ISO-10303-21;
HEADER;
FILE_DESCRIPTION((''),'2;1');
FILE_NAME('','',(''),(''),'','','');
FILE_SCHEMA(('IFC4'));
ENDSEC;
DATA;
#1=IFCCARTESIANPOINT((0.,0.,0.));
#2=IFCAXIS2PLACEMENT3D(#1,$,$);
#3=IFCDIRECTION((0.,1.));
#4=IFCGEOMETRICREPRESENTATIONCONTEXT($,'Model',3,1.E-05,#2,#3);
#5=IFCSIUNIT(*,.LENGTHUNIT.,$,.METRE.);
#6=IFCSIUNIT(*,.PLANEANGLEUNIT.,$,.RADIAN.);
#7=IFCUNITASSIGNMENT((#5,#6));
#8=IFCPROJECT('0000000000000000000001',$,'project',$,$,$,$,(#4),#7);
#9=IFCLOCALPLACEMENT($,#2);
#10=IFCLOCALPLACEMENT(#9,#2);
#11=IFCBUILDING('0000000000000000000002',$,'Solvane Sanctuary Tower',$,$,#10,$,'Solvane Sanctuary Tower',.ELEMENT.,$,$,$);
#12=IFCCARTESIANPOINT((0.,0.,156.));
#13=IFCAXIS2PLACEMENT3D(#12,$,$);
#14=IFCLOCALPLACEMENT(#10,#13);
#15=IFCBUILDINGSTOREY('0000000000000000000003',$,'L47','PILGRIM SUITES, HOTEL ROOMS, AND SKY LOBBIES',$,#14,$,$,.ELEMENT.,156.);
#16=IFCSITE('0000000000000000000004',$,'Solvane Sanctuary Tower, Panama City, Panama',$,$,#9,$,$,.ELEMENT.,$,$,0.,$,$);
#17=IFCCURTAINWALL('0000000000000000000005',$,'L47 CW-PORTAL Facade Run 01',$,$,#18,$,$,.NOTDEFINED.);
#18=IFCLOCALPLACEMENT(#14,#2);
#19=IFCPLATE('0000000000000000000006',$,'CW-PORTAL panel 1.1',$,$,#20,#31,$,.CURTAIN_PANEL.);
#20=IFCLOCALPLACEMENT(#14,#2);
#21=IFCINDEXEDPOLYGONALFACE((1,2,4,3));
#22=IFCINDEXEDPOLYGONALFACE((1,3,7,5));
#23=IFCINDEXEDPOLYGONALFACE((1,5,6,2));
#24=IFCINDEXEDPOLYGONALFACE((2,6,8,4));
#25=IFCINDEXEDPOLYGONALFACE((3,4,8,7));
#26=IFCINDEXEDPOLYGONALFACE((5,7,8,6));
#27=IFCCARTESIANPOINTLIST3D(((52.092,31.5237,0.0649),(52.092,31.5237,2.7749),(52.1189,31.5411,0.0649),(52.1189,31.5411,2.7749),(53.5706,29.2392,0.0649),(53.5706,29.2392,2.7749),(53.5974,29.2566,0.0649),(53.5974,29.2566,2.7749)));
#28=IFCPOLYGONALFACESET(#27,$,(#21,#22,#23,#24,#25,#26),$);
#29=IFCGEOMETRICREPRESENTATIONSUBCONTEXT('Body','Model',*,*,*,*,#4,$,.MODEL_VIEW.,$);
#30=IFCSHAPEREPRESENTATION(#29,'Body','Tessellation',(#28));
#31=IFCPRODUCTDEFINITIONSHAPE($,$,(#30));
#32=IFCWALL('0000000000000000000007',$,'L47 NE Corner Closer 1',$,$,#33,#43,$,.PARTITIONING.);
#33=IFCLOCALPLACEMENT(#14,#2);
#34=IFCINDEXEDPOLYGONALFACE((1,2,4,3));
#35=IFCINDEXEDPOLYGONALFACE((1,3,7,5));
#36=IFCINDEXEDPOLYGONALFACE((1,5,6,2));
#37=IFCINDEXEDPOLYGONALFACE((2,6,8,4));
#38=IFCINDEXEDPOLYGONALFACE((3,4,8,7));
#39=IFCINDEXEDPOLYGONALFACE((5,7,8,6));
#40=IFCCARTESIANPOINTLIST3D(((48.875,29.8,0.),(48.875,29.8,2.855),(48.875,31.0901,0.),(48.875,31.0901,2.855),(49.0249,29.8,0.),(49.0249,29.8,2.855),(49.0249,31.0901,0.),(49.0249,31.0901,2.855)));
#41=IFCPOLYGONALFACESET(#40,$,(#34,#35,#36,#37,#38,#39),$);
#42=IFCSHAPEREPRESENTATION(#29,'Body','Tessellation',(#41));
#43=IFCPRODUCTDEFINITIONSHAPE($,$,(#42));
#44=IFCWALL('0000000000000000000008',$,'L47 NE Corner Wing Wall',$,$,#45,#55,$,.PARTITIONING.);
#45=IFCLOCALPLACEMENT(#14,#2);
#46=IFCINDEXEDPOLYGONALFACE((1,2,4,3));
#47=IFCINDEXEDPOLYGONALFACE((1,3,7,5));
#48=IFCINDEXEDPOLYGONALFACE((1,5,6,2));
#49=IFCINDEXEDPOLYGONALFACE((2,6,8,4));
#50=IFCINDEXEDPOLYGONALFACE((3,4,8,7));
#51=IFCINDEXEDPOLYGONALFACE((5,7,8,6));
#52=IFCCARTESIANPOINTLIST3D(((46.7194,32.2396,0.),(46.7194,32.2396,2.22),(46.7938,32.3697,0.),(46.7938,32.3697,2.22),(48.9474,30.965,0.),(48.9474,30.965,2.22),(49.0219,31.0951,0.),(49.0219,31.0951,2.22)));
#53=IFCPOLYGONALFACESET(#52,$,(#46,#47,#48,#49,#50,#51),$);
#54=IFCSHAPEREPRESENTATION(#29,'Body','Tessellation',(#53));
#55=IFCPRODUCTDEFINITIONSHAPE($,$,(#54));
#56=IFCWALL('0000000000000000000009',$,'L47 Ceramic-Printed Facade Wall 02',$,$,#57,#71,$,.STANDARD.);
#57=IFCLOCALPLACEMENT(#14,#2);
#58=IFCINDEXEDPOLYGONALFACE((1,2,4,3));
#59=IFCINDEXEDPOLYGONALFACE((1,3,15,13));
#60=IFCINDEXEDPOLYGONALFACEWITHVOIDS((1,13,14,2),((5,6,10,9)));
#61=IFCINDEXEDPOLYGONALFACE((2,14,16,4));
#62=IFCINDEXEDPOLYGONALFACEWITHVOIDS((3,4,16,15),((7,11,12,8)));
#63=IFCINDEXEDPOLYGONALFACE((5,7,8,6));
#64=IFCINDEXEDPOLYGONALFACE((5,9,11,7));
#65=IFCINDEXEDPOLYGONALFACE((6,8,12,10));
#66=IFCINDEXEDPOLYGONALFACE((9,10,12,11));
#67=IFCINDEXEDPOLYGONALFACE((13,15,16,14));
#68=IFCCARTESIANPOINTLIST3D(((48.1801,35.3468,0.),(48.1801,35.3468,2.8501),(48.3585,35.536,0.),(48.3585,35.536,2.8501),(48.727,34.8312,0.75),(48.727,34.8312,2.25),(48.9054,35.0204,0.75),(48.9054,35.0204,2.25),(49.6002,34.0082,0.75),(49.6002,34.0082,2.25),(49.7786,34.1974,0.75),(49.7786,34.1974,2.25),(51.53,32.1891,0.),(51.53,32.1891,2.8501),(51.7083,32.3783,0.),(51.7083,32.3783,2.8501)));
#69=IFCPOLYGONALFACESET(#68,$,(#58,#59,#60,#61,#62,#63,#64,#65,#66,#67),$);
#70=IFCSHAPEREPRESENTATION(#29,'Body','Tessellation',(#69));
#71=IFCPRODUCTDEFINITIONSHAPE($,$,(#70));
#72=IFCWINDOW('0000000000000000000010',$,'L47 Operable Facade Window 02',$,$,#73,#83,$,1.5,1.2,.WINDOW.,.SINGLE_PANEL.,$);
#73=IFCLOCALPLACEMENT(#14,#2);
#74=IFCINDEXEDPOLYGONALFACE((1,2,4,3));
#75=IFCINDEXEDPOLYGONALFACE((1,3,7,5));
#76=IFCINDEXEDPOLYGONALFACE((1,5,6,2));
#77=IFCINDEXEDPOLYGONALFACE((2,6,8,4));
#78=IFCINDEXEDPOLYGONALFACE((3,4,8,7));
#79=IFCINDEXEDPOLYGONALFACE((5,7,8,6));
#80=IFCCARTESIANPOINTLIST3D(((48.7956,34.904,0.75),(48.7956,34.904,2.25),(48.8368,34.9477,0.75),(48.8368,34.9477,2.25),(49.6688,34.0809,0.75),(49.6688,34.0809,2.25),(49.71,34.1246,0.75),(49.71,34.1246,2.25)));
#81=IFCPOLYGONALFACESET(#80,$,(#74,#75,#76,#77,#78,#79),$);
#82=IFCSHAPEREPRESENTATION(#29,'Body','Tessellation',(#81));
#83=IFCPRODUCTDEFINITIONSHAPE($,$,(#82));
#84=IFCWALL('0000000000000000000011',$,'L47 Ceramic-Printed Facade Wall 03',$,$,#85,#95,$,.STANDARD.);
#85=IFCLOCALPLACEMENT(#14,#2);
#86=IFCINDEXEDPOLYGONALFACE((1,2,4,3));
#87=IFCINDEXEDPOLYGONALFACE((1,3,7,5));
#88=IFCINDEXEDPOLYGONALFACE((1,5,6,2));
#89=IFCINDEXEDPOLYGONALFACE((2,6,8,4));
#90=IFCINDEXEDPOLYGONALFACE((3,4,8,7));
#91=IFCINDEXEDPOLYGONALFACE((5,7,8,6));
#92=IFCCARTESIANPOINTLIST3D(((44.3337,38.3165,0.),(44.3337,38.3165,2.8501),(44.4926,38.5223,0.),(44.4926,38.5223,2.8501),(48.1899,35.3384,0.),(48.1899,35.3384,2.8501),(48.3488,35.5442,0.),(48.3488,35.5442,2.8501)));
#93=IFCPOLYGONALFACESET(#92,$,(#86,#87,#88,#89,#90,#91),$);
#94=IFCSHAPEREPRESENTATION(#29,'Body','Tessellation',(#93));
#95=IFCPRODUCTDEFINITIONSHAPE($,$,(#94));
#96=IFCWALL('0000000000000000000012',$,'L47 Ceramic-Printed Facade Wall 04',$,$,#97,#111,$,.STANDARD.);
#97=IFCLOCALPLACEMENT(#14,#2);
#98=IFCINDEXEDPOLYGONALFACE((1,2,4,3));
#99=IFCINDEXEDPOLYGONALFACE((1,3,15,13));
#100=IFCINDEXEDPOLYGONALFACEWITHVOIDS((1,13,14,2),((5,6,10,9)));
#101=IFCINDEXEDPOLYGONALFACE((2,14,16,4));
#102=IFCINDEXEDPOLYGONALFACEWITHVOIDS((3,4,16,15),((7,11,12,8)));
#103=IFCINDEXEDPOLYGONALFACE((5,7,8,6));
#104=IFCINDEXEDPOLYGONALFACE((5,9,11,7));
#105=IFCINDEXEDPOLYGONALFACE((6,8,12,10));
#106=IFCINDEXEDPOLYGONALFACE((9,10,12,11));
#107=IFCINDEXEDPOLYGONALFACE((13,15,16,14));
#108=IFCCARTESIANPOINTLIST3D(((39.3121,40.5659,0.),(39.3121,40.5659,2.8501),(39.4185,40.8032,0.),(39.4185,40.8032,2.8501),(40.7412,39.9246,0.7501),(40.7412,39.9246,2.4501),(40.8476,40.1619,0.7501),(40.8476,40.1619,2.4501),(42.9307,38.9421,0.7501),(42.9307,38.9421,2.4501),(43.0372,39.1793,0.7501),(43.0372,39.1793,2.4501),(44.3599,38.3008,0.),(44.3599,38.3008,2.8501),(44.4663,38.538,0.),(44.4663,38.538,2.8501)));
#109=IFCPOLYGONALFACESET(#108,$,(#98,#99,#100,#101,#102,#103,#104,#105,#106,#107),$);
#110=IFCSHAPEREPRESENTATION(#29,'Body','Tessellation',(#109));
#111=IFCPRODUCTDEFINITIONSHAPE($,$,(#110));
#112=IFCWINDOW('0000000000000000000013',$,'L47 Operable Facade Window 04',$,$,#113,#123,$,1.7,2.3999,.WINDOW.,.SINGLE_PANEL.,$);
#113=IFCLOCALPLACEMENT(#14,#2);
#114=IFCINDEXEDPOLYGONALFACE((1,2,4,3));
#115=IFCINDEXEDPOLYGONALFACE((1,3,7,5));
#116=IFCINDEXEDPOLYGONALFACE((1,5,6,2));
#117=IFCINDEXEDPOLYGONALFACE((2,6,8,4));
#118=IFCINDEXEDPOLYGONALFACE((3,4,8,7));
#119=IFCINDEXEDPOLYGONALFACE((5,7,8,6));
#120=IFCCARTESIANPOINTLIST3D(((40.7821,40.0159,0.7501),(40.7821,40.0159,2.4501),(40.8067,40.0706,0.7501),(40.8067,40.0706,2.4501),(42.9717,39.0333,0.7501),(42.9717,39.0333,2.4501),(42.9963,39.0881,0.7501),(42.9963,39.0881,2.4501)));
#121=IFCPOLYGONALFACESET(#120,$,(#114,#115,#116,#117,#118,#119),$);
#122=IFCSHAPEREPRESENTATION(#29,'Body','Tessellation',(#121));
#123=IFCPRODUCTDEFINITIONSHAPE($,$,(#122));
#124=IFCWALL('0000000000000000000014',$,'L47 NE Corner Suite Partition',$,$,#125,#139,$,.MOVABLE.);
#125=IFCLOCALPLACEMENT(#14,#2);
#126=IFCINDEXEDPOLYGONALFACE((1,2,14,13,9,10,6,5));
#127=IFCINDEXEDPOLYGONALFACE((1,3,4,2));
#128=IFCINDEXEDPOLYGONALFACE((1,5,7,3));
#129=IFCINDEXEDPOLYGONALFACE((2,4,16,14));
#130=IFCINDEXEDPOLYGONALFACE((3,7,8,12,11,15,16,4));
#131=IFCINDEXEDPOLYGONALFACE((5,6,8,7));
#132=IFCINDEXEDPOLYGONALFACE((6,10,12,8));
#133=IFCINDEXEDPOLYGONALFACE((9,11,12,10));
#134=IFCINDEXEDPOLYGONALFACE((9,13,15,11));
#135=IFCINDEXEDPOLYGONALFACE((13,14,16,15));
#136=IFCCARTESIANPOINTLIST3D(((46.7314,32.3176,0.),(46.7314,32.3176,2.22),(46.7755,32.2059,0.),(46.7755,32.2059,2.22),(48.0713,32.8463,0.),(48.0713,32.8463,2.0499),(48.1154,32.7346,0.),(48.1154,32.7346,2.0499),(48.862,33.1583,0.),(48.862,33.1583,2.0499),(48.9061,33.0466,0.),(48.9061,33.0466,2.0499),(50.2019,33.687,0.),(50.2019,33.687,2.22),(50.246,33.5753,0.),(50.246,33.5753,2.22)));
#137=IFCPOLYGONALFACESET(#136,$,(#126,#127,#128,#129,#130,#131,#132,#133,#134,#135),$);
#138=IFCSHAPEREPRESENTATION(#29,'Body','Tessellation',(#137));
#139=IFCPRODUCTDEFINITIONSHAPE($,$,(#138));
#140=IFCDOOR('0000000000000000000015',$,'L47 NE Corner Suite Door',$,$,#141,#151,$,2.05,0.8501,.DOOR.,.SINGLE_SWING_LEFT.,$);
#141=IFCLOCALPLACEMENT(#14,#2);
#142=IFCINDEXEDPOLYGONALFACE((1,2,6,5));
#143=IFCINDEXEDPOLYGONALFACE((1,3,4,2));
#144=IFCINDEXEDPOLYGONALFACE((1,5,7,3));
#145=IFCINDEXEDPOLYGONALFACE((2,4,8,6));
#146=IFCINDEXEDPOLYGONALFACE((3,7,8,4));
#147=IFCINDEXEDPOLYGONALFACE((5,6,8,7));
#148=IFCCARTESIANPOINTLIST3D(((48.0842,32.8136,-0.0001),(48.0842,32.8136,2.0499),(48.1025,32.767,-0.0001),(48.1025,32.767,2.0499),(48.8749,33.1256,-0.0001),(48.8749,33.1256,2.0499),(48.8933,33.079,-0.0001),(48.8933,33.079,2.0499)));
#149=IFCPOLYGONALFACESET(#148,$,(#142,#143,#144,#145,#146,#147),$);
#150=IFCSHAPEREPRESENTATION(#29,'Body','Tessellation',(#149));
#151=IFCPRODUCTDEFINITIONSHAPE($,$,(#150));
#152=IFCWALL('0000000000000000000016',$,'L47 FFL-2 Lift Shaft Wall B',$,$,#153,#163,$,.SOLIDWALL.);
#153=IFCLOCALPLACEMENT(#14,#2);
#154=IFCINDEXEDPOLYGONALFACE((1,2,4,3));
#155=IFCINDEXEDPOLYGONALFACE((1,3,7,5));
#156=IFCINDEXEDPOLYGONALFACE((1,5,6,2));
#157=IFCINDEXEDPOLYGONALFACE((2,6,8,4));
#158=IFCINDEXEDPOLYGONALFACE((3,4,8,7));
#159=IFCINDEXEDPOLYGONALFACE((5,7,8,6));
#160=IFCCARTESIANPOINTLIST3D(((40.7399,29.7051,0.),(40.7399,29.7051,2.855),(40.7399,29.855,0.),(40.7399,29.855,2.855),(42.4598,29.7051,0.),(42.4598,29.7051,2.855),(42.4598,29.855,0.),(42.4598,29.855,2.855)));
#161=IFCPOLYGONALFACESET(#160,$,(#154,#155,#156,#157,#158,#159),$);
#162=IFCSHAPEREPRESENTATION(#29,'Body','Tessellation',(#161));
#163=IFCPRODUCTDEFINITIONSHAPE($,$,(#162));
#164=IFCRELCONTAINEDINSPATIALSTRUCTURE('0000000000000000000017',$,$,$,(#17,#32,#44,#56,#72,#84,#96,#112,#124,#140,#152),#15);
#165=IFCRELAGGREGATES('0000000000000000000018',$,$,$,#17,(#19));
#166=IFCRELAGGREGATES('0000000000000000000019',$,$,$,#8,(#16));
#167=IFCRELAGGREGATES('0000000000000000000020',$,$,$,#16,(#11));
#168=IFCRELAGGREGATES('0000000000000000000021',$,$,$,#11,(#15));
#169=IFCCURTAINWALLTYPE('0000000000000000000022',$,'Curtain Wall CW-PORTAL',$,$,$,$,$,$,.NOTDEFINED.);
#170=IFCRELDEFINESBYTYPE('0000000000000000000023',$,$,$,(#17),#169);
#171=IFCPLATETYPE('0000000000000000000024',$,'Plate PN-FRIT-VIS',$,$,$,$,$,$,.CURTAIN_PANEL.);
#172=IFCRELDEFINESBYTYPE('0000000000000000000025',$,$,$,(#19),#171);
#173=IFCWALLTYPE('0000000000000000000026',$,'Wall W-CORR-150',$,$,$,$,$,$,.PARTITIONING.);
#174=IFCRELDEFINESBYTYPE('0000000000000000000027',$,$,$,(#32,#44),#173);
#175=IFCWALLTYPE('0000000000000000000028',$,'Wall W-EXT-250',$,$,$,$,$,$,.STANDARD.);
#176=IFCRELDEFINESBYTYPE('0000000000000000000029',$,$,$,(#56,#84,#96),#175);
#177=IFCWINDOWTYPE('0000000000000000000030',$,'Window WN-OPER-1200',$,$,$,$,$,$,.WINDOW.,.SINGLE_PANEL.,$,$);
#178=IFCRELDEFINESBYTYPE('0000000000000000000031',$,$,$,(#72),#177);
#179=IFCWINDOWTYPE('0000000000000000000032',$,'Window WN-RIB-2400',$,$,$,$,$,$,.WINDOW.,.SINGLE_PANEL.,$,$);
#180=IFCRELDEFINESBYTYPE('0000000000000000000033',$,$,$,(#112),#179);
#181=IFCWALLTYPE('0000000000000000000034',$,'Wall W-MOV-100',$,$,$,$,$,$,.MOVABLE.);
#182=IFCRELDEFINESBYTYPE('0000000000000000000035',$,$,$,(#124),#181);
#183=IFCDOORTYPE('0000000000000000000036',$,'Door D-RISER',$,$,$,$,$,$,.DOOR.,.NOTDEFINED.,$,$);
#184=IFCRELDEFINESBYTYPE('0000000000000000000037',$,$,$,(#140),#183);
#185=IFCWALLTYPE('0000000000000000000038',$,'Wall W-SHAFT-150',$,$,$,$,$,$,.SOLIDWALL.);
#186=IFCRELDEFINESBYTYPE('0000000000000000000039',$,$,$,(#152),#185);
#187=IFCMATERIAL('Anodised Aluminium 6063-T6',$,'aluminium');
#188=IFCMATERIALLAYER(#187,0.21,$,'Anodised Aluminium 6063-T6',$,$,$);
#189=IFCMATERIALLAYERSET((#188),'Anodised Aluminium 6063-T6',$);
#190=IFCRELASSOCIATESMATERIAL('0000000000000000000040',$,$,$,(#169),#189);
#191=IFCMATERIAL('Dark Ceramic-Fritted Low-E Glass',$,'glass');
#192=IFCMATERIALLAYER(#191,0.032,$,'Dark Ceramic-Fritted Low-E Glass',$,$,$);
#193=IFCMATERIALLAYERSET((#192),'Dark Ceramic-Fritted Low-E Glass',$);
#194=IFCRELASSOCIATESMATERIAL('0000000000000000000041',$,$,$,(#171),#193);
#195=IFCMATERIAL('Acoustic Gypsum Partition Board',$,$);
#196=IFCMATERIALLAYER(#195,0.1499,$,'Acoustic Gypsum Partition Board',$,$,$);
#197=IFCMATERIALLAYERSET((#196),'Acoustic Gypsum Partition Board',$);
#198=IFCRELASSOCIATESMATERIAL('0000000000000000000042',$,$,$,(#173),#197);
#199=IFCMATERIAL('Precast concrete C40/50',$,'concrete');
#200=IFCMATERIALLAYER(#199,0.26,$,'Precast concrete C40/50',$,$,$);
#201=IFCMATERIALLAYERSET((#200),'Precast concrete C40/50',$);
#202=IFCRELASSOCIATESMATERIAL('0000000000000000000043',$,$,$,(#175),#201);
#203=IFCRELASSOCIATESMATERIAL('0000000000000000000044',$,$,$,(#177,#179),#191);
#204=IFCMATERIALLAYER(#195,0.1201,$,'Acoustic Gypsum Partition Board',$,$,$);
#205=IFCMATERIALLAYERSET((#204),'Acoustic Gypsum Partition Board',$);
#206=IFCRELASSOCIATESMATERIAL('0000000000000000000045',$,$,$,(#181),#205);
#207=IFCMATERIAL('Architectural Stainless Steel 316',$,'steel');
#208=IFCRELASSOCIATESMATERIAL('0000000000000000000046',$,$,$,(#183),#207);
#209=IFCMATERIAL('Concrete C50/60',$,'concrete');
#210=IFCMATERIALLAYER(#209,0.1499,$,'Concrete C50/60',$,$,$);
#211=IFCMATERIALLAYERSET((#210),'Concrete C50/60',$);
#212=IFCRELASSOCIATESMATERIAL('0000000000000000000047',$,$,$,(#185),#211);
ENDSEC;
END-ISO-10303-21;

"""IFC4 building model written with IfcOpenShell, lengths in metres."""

from ifc_helpers import new_model, si_unit, direction, frame, frame_2d, origin, origin_2d, place, context, subcontext, project, spatial, rectangle, extrude, material, layer, layer_set, type_object, element, fill, aggregate, save


model = new_model("IFC4")

# Units and contexts
model_context = context("Model", 3, precision=1e-05, world=origin(), true_north=direction((0.0, 1.0)))
body_context = subcontext(model_context, "Body", "Model", "MODEL_VIEW")
ifc_project = project(units=[si_unit("LENGTHUNIT", "METRE"), si_unit("PLANEANGLEUNIT", "RADIAN")], contexts=[model_context])

# Site, building, storey
site_placement = place(None, origin())
site = spatial("IfcSite", under=ifc_project, at=site_placement, Name="Solvane Sanctuary Tower, Panama City, Panama", CompositionType="ELEMENT", RefElevation=0.0)
building_placement = place(site_placement, origin())
building = spatial("IfcBuilding", under=site, at=building_placement, Name="Solvane Sanctuary Tower", LongName="Solvane Sanctuary Tower", CompositionType="ELEMENT")
storey_placement = place(building_placement, frame((0.0, 0.0, 156.0)))
storey = spatial("IfcBuildingStorey", under=building, at=storey_placement, Name="L47", Description="PILGRIM SUITES, HOTEL ROOMS, AND SKY LOBBIES", CompositionType="ELEMENT", Elevation=156.0)

# Curtain wall
ifc_material_1 = material(Name="Anodised Aluminium 6063-T6", Category="aluminium")
ifc_layer_1 = layer(ifc_material_1, 0.21, Name="Anodised Aluminium 6063-T6")
ifc_layer_set_1 = layer_set([ifc_layer_1], Name="Anodised Aluminium 6063-T6")
curtain_wall_type = type_object("IfcCurtainWallType", Name="Curtain Wall CW-PORTAL", PredefinedType="NOTDEFINED", material=ifc_layer_set_1)
curtain_wall_placement = place(storey_placement, origin())
curtain_wall = element("IfcCurtainWall", 1, at=curtain_wall_placement, inside=storey, type_object=curtain_wall_type, Name="L47 CW-PORTAL Facade Run 01", PredefinedType="NOTDEFINED")

# Plate
ifc_material_2 = material(Name="Dark Ceramic-Fritted Low-E Glass", Category="glass")
ifc_layer_2 = layer(ifc_material_2, 0.032, Name="Dark Ceramic-Fritted Low-E Glass")
ifc_layer_set_2 = layer_set([ifc_layer_2], Name="Dark Ceramic-Fritted Low-E Glass")
plate_type = type_object("IfcPlateType", Name="Plate PN-FRIT-VIS", PredefinedType="CURTAIN_PANEL", material=ifc_layer_set_2)
plate_placement = place(storey_placement, frame((52.8447, 30.3901, 0.0649), z_axis=(0.0, 0.0, 1.0), x_axis=(-0.543341, 0.839512, 0.0)))
plate = element("IfcPlate", 2, at=plate_placement, type_object=plate_type, Name="CW-PORTAL panel 1.1", PredefinedType="CURTAIN_PANEL", context=body_context, shape_type="SweptSolid", body=[
    extrude(rectangle(XDim=2.7212, YDim=0.032, at=origin_2d()), origin(), (0.0, 0.0, 1.0), 2.71),
])
aggregate(curtain_wall, [plate])

# Walls
ifc_material_3 = material(Name="Acoustic Gypsum Partition Board")
ifc_layer_3 = layer(ifc_material_3, 0.1499, Name="Acoustic Gypsum Partition Board")
ifc_layer_set_3 = layer_set([ifc_layer_3], Name="Acoustic Gypsum Partition Board")
wall_type_1 = type_object("IfcWallType", Name="Wall W-CORR-150", PredefinedType="PARTITIONING", material=ifc_layer_set_3)
wall_1_placement = place(storey_placement, frame((48.95, 29.8, 0.0), z_axis=(0.0, 0.0, 1.0), x_axis=(0.0, 1.0, 0.0)))
element("IfcWall", 3, at=wall_1_placement, inside=storey, type_object=wall_type_1, Name="L47 NE Corner Closer 1", PredefinedType="PARTITIONING", context=body_context, shape_type="SweptSolid", body=[
    extrude(rectangle(XDim=1.29, YDim=0.1499, at=frame_2d((0.645, 0.0))), origin(), (0.0, 0.0, 1.0), 2.855),
])
wall_2_placement = place(storey_placement, frame((46.7566, 32.3047, 0.0), z_axis=(0.0, 0.0, 1.0), x_axis=(0.867991, -0.496579, 0.0)))
element("IfcWall", 4, at=wall_2_placement, inside=storey, type_object=wall_type_1, Name="L47 NE Corner Wing Wall", PredefinedType="PARTITIONING", context=body_context, shape_type="SweptSolid", body=[
    extrude(rectangle(XDim=2.5669, YDim=0.1499, at=frame_2d((1.2834, 0.0))), origin(), (0.0, 0.0, 1.0), 2.22),
])

# Wall, opening, window
ifc_material_4 = material(Name="Precast concrete C40/50", Category="concrete")
ifc_layer_4 = layer(ifc_material_4, 0.26, Name="Precast concrete C40/50")
ifc_layer_set_4 = layer_set([ifc_layer_4], Name="Precast concrete C40/50")
wall_type_2 = type_object("IfcWallType", Name="Wall W-EXT-250", PredefinedType="STANDARD", material=ifc_layer_set_4)
wall_3_placement = place(storey_placement, frame((51.6191, 32.2837, 0.0), z_axis=(0.0, 0.0, 1.0), x_axis=(-0.727667, 0.68593, 0.0)))
wall_3 = element("IfcWall", 5, at=wall_3_placement, inside=storey, type_object=wall_type_2, Name="L47 Ceramic-Printed Facade Wall 02", PredefinedType="STANDARD", context=body_context, shape_type="SweptSolid", body=[
    extrude(rectangle(XDim=4.6035, YDim=0.26, at=frame_2d((2.3018, 0.0))), origin(), (0.0, 0.0, 1.0), 2.8501),
])
opening_1_placement = place(wall_3_placement, frame((2.6519, 0.0, 0.75)))
opening_1 = element("IfcOpeningElement", 6, at=opening_1_placement, cuts=wall_3, PredefinedType="OPENING", context=body_context, shape_type="SweptSolid", body=[
    extrude(rectangle(XDim=1.2, YDim=1.5, at=frame_2d((0.6001, 0.75))), frame((0.0, 0.1399, 0.0), z_axis=(0.0, -1.0, 0.0), x_axis=(1.0, 0.0, 0.0)), (0.0, 0.0, 1.0), 0.28),
])
window_type_1 = type_object("IfcWindowType", Name="Window WN-OPER-1200", PartitioningType="SINGLE_PANEL", PredefinedType="WINDOW", material=ifc_material_2)
window_1_placement = place(opening_1_placement, origin())
window_1 = element("IfcWindow", 7, at=window_1_placement, inside=storey, type_object=window_type_1, Name="L47 Operable Facade Window 02", OverallHeight=1.5, OverallWidth=1.2, PartitioningType="SINGLE_PANEL", PredefinedType="WINDOW", context=body_context, shape_type="SweptSolid", body=[
    extrude(rectangle(XDim=1.2, YDim=1.5, at=frame_2d((0.6001, 0.75))), frame((0.0, 0.03, 0.0), z_axis=(0.0, -1.0, 0.0), x_axis=(1.0, 0.0, 0.0)), (0.0, 0.0, 1.0), 0.0601),
])
fill(opening_1, window_1)

# Wall
wall_4_placement = place(storey_placement, frame((48.2693, 35.4414, 0.0), z_axis=(0.0, 0.0, 1.0), x_axis=(-0.79146, 0.611221, 0.0)))
element("IfcWall", 8, at=wall_4_placement, inside=storey, type_object=wall_type_2, Name="L47 Ceramic-Printed Facade Wall 03", PredefinedType="STANDARD", context=body_context, shape_type="SweptSolid", body=[
    extrude(rectangle(XDim=4.8723, YDim=0.26, at=frame_2d((2.436, 0.0))), origin(), (0.0, 0.0, 1.0), 2.8501),
])

# Wall, opening, window
wall_5_placement = place(storey_placement, frame((44.4131, 38.4194, 0.0), z_axis=(0.0, 0.0, 1.0), x_axis=(-0.912354, 0.409403, 0.0)))
wall_5 = element("IfcWall", 9, at=wall_5_placement, inside=storey, type_object=wall_type_2, Name="L47 Ceramic-Printed Facade Wall 04", PredefinedType="STANDARD", context=body_context, shape_type="SweptSolid", body=[
    extrude(rectangle(XDim=5.5327, YDim=0.26, at=frame_2d((2.7664, 0.0))), origin(), (0.0, 0.0, 1.0), 2.8501),
])
opening_2_placement = place(wall_5_placement, frame((1.5664, 0.0, 0.75)))
opening_2 = element("IfcOpeningElement", 10, at=opening_2_placement, cuts=wall_5, PredefinedType="OPENING", context=body_context, shape_type="SweptSolid", body=[
    extrude(rectangle(XDim=2.3999, YDim=1.7, at=frame_2d((1.2, 0.8501))), frame((0.0, 0.1399, 0.0), z_axis=(0.0, -1.0, 0.0), x_axis=(1.0, 0.0, 0.0)), (0.0, 0.0, 1.0), 0.28),
])
window_type_2 = type_object("IfcWindowType", Name="Window WN-RIB-2400", PartitioningType="SINGLE_PANEL", PredefinedType="WINDOW", material=ifc_material_2)
window_2_placement = place(opening_2_placement, origin())
window_2 = element("IfcWindow", 11, at=window_2_placement, inside=storey, type_object=window_type_2, Name="L47 Operable Facade Window 04", OverallHeight=1.7, OverallWidth=2.3999, PartitioningType="SINGLE_PANEL", PredefinedType="WINDOW", context=body_context, shape_type="SweptSolid", body=[
    extrude(rectangle(XDim=2.3999, YDim=1.7, at=frame_2d((1.2, 0.8501))), frame((0.0, 0.03, 0.0), z_axis=(0.0, -1.0, 0.0), x_axis=(1.0, 0.0, 0.0)), (0.0, 0.0, 1.0), 0.0601),
])
fill(opening_2, window_2)

# Wall, opening, door
ifc_layer_5 = layer(ifc_material_3, 0.1201, Name="Acoustic Gypsum Partition Board")
ifc_layer_set_5 = layer_set([ifc_layer_5], Name="Acoustic Gypsum Partition Board")
wall_type_3 = type_object("IfcWallType", Name="Wall W-MOV-100", PredefinedType="MOVABLE", material=ifc_layer_set_5)
wall_6_placement = place(storey_placement, frame((46.7534, 32.2617, 0.0), z_axis=(0.0, 0.0, 1.0), x_axis=(0.930204, 0.367043, 0.0)))
wall_6 = element("IfcWall", 12, at=wall_6_placement, inside=storey, type_object=wall_type_3, Name="L47 NE Corner Suite Partition", PredefinedType="MOVABLE", context=body_context, shape_type="SweptSolid", body=[
    extrude(rectangle(XDim=3.731, YDim=0.1201, at=frame_2d((1.8655, 0.0))), origin(), (0.0, 0.0, 1.0), 2.22),
])
opening_3_placement = place(wall_6_placement, frame((1.4404, 0.0, 0.0)))
opening_3 = element("IfcOpeningElement", 13, at=opening_3_placement, cuts=wall_6, PredefinedType="OPENING", context=body_context, shape_type="SweptSolid", body=[
    extrude(rectangle(XDim=0.8501, YDim=2.05, at=frame_2d((0.425, 1.0249))), frame((0.0, 0.0701, 0.0), z_axis=(0.0, -1.0, 0.0), x_axis=(1.0, 0.0, 0.0)), (0.0, 0.0, 1.0), 0.1401),
])
ifc_material_5 = material(Name="Architectural Stainless Steel 316", Category="steel")
door_type = type_object("IfcDoorType", Name="Door D-RISER", OperationType="NOTDEFINED", PredefinedType="DOOR", material=ifc_material_5)
door_placement = place(opening_3_placement, origin())
door = element("IfcDoor", 14, at=door_placement, inside=storey, type_object=door_type, Name="L47 NE Corner Suite Door", OperationType="SINGLE_SWING_LEFT", OverallHeight=2.05, OverallWidth=0.8501, PredefinedType="DOOR", context=body_context, shape_type="SweptSolid", body=[
    extrude(rectangle(XDim=0.8501, YDim=2.05, at=frame_2d((0.425, 1.0249))), frame((0.0, 0.0249, 0.0), z_axis=(0.0, -1.0, 0.0), x_axis=(1.0, 0.0, 0.0)), (0.0, 0.0, 1.0), 0.05),
])
fill(opening_3, door)

# Wall
ifc_material_6 = material(Name="Concrete C50/60", Category="concrete")
ifc_layer_6 = layer(ifc_material_6, 0.1499, Name="Concrete C50/60")
ifc_layer_set_6 = layer_set([ifc_layer_6], Name="Concrete C50/60")
wall_type_4 = type_object("IfcWallType", Name="Wall W-SHAFT-150", PredefinedType="SOLIDWALL", material=ifc_layer_set_6)
wall_7_placement = place(storey_placement, frame((40.74, 29.78, 0.0), z_axis=(0.0, 0.0, 1.0), x_axis=(1.0, 0.0, 0.0)))
element("IfcWall", 15, at=wall_7_placement, inside=storey, type_object=wall_type_4, Name="L47 FFL-2 Lift Shaft Wall B", PredefinedType="SOLIDWALL", context=body_context, shape_type="SweptSolid", body=[
    extrude(rectangle(XDim=1.72, YDim=0.1499, at=frame_2d((0.8599, 0.0))), origin(), (0.0, 0.0, 1.0), 2.855),
])

save(model, "model.ifc")
